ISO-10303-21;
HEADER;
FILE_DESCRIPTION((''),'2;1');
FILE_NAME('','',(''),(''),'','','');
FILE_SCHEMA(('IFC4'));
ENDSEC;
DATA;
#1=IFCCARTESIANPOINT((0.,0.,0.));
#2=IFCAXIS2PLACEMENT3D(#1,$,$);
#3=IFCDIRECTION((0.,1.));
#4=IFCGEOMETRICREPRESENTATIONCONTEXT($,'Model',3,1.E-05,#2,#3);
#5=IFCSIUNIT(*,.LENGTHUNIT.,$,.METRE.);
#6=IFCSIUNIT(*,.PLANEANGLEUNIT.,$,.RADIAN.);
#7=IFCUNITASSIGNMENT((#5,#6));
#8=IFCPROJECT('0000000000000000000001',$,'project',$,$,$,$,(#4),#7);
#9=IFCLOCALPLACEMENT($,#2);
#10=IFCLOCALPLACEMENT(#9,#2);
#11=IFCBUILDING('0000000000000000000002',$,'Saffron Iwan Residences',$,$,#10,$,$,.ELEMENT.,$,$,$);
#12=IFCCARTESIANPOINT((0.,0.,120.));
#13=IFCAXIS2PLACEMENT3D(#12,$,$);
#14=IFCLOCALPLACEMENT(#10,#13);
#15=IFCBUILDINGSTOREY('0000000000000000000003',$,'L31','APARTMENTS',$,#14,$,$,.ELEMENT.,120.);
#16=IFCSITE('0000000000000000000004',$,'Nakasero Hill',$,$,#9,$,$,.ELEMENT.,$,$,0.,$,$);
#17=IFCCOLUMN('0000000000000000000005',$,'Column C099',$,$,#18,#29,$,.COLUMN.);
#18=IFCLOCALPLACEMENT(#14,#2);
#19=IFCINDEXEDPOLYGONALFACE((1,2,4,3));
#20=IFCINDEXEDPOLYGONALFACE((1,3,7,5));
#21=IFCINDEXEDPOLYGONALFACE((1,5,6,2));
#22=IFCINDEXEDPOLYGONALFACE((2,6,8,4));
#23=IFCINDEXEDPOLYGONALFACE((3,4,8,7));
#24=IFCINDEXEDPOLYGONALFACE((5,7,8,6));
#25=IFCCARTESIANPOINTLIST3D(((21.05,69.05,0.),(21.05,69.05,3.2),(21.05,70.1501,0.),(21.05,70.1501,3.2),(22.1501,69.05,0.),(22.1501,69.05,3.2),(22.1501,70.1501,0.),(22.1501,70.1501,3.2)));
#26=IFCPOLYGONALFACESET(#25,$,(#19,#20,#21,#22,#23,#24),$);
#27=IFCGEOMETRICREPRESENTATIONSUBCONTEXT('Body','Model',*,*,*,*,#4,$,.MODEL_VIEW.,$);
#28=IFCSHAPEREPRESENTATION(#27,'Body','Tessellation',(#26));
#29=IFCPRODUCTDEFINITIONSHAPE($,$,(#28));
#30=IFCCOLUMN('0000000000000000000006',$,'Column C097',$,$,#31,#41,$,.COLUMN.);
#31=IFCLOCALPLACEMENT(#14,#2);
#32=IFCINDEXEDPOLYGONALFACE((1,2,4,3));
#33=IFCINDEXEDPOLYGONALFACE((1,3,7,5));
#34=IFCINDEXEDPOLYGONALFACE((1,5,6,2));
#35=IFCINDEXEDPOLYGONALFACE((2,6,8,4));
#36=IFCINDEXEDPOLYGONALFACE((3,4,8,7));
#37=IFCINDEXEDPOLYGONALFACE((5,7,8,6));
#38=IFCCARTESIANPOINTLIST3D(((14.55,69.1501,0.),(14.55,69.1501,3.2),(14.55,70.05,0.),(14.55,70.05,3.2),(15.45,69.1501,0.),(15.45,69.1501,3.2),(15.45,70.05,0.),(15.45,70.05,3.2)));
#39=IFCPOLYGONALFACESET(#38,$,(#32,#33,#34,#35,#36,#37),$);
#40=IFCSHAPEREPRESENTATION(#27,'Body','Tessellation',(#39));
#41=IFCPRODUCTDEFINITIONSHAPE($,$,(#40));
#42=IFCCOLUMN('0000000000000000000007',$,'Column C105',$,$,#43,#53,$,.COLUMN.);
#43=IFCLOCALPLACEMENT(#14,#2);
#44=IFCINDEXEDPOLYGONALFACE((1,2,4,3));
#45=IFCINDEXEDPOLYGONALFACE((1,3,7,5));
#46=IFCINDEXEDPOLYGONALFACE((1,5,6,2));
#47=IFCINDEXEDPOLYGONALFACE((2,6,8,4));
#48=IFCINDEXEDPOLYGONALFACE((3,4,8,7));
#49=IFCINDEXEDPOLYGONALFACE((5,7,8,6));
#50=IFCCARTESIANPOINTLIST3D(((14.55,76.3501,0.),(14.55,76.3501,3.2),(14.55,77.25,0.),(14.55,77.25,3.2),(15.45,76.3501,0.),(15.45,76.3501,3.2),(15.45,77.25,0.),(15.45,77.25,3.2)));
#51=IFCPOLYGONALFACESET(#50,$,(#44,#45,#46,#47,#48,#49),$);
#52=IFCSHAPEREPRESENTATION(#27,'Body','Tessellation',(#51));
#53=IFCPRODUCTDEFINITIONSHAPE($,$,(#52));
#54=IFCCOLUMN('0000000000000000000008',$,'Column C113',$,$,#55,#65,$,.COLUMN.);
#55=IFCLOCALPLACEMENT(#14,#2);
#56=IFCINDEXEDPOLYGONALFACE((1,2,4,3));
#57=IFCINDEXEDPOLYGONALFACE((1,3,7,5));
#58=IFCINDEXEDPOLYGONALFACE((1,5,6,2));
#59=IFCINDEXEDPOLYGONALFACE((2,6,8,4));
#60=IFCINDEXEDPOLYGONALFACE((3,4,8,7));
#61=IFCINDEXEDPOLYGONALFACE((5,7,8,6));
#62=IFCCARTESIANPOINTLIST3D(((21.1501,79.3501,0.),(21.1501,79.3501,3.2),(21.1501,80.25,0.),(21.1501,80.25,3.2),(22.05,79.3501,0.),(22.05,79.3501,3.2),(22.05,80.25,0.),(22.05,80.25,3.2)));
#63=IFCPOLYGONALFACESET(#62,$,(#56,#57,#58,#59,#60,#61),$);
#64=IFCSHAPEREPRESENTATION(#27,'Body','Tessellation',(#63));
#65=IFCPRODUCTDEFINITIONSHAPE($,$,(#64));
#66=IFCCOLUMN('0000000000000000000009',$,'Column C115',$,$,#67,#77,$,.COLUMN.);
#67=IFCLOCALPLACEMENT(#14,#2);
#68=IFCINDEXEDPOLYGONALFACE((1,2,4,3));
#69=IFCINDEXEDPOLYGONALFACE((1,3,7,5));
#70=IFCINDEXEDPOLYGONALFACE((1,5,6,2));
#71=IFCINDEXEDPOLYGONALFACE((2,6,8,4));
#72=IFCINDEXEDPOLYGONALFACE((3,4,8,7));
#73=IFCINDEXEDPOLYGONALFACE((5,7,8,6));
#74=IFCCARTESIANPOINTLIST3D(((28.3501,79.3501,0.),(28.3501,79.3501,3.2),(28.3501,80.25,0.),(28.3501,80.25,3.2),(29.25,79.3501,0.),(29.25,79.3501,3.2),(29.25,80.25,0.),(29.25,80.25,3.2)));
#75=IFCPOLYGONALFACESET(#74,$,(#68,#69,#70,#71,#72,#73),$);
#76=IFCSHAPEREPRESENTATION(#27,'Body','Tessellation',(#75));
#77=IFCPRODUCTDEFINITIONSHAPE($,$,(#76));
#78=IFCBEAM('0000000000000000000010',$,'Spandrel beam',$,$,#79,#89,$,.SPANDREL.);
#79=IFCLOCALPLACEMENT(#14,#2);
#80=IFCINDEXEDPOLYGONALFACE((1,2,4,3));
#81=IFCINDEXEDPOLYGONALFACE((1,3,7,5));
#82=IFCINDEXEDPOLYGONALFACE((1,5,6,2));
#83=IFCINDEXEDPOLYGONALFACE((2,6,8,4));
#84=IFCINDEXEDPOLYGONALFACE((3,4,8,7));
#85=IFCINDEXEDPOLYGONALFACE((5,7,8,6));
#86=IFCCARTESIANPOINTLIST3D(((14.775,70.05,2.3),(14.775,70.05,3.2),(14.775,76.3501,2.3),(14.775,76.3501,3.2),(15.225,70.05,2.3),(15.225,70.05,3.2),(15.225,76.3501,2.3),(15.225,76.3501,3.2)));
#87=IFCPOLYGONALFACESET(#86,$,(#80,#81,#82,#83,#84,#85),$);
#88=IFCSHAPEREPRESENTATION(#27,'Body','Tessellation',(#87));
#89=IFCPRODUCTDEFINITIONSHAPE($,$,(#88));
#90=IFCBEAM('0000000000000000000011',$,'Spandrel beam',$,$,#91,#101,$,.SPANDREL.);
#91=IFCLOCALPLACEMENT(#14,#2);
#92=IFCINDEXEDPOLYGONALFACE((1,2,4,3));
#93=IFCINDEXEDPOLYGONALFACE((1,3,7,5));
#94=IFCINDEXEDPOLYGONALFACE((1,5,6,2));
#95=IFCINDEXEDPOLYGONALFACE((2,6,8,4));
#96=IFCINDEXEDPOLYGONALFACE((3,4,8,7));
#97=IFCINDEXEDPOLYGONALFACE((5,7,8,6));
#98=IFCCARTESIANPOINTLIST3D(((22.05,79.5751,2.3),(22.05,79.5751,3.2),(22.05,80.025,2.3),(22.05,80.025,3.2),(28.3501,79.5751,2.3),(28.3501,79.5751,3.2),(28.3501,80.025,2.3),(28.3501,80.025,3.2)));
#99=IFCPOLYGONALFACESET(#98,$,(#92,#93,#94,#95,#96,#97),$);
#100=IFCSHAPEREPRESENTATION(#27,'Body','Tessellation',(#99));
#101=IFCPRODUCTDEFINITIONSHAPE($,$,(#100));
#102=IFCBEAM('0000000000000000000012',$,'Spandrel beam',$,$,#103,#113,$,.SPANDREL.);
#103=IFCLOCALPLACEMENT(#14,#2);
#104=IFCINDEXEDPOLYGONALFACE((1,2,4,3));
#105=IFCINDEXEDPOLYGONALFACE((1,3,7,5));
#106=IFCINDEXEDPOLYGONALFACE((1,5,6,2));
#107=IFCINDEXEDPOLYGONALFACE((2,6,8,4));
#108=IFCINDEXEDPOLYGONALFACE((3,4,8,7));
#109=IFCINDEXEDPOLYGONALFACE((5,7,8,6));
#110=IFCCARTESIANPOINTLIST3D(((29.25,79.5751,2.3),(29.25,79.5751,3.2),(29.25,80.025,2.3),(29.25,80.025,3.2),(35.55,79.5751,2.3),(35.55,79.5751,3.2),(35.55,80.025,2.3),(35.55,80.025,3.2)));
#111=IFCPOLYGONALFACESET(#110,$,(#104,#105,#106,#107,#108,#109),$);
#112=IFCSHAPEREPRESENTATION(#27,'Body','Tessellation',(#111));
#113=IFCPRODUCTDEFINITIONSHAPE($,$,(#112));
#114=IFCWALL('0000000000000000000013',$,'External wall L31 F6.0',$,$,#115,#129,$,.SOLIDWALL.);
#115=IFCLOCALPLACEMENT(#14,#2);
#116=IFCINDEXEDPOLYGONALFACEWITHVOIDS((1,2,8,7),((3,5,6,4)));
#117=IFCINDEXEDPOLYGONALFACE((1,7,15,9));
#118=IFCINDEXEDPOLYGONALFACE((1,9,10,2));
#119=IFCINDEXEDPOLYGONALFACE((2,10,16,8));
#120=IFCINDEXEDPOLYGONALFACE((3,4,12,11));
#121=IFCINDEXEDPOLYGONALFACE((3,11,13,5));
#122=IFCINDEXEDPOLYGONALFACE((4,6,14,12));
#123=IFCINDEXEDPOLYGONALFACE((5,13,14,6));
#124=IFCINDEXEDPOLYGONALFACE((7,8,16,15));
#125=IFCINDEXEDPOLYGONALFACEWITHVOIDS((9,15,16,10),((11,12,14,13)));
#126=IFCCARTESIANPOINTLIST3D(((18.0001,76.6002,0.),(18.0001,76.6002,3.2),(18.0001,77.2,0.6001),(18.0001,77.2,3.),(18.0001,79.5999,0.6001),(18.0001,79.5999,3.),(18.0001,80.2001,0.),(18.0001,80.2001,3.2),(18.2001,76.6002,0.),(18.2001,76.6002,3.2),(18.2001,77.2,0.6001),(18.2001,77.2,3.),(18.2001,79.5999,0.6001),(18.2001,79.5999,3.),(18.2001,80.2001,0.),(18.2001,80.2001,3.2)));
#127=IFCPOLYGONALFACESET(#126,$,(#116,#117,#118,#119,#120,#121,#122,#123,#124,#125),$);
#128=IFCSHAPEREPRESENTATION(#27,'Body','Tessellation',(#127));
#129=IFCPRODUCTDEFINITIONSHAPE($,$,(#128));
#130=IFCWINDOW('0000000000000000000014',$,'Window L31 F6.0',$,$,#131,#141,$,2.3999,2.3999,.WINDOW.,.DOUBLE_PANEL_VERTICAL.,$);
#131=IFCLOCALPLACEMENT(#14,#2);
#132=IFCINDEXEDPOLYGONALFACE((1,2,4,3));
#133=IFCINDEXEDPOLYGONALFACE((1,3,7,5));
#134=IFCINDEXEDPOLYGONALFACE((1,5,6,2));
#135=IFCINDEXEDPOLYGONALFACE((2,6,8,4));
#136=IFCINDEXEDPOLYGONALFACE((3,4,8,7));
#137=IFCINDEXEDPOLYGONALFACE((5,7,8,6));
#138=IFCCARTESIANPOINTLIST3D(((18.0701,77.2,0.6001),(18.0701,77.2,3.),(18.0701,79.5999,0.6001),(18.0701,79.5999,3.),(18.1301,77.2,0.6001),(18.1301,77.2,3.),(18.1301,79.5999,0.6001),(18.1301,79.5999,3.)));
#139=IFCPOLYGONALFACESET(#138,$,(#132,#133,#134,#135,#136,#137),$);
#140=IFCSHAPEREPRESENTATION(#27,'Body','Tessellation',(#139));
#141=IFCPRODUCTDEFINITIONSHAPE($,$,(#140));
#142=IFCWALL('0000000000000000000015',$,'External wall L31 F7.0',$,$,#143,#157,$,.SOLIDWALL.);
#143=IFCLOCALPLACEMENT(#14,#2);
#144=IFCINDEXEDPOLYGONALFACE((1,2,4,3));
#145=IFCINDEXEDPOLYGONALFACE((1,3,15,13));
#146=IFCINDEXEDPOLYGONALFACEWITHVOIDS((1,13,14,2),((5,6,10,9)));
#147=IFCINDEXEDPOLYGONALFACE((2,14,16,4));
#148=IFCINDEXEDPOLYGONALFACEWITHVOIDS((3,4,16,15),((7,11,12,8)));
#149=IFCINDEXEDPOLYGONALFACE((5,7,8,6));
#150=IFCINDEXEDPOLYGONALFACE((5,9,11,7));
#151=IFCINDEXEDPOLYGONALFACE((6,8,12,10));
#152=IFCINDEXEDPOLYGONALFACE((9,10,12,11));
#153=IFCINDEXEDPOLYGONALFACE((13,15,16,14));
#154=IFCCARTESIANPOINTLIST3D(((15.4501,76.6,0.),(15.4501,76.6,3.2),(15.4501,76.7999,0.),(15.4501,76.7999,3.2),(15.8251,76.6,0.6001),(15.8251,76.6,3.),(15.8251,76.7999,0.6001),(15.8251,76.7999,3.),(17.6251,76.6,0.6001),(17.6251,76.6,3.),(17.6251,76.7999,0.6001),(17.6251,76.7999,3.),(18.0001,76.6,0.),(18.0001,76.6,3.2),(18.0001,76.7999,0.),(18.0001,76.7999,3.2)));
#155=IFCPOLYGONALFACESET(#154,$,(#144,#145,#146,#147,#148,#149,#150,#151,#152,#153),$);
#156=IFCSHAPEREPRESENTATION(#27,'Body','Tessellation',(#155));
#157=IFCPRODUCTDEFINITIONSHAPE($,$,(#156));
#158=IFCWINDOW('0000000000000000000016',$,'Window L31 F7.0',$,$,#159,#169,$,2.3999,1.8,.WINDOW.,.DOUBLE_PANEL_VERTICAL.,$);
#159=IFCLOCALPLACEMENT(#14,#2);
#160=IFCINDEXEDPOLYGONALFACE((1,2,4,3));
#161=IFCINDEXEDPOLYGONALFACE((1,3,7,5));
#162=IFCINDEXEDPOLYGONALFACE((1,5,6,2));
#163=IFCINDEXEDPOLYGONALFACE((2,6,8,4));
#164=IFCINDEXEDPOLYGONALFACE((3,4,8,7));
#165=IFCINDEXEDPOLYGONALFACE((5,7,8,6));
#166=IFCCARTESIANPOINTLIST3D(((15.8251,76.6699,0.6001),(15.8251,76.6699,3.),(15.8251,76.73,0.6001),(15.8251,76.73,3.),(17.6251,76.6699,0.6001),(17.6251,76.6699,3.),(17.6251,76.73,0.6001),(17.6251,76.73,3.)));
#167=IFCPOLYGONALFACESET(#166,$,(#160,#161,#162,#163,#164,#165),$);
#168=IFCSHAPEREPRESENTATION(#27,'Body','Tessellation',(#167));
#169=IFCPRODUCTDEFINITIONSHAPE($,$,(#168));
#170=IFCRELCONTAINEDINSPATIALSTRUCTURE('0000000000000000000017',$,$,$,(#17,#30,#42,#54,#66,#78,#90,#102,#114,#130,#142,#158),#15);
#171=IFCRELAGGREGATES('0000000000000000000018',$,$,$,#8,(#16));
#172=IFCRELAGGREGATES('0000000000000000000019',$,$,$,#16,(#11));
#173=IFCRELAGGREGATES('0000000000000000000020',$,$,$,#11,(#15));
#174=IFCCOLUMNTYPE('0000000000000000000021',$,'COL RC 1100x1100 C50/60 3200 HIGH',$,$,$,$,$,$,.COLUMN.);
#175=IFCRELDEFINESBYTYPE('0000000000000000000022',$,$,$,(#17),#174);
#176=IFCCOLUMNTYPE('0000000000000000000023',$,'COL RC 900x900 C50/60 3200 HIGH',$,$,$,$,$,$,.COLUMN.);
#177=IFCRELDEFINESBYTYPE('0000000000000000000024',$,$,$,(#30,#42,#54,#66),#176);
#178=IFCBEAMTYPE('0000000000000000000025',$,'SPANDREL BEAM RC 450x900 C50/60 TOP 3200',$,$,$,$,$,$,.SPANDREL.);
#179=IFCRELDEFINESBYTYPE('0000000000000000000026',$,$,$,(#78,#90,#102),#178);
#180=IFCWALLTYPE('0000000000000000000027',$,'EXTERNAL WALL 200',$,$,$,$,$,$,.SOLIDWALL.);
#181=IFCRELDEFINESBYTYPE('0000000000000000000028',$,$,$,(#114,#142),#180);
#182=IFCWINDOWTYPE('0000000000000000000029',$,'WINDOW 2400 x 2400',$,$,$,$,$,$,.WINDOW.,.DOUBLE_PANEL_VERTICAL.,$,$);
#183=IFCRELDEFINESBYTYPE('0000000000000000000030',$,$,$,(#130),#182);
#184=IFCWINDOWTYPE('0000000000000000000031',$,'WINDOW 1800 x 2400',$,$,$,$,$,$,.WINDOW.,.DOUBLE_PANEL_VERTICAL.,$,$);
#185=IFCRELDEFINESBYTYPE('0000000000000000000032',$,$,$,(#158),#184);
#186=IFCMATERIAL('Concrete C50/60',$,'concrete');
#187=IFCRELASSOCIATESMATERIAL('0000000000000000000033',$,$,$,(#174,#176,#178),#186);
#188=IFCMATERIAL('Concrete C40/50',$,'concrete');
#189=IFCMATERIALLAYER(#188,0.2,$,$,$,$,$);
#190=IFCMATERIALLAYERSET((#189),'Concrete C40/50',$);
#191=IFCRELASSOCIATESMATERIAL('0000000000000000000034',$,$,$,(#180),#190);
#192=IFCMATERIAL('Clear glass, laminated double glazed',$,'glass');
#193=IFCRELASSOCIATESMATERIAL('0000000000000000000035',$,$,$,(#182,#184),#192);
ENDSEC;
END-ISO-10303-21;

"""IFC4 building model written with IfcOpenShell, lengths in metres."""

from ifc_helpers import new_model, si_unit, direction, frame, frame_2d, origin, origin_2d, place, context, subcontext, project, spatial, rectangle, extrude, source, transform, mapped, material, layer, layer_set, material_profile, profile_set, type_object, element, fill, save


model = new_model("IFC4")

# Units and contexts
model_context = context("Model", 3, precision=1e-05, world=origin(), true_north=direction((0.0, 1.0)))
body_context = subcontext(model_context, "Body", "Model", "MODEL_VIEW")
ifc_project = project(units=[si_unit("LENGTHUNIT", "METRE"), si_unit("PLANEANGLEUNIT", "RADIAN")], contexts=[model_context])

# Site, building, storey
site_placement = place(None, origin())
site = spatial("IfcSite", under=ifc_project, at=site_placement, Name="Nakasero Hill", CompositionType="ELEMENT", RefElevation=0.0)
building_placement = place(site_placement, origin())
building = spatial("IfcBuilding", under=site, at=building_placement, Name="Saffron Iwan Residences", CompositionType="ELEMENT")
storey_placement = place(building_placement, frame((0.0, 0.0, 120.0)))
storey = spatial("IfcBuildingStorey", under=building, at=storey_placement, Name="L31", Description="APARTMENTS", CompositionType="ELEMENT", Elevation=120.0)

# Columns
ifc_material_1 = material(Name="Concrete C50/60", Category="concrete")
ifc_material_profile_1 = material_profile(ifc_material_1, rectangle(XDim=1.1001, YDim=1.1001, at=origin_2d()), Name="RC 1100x1100")
ifc_profile_set_1 = profile_set([ifc_material_profile_1], Name="Concrete C50/60")
column_type_1 = type_object("IfcColumnType", Name="COL RC 1100x1100 C50/60 3200 HIGH", PredefinedType="COLUMN", material=ifc_profile_set_1)
shared_shape_1 = source(origin(), body_context, "Body", "SweptSolid", [
    extrude(rectangle(XDim=1.1001, YDim=1.1001, at=origin_2d()), origin(), (0.0, 0.0, 1.0), 3.2),
])
column_placement = place(storey_placement, frame((21.6001, 69.6001, 0.0), z_axis=(0.0, 0.0, 1.0), x_axis=(1.0, 0.0, 0.0)))
element("IfcColumn", 1, at=column_placement, inside=storey, type_object=column_type_1, Name="Column C099", PredefinedType="COLUMN", context=body_context, shape_type="MappedRepresentation", body=[
    mapped(shared_shape_1, transform((0.0, 0.0, 0.0))),
])
ifc_material_profile_2 = material_profile(ifc_material_1, rectangle(XDim=0.8999, YDim=0.8999, at=origin_2d()), Name="RC 900x900")
ifc_profile_set_2 = profile_set([ifc_material_profile_2], Name="Concrete C50/60")
column_type_2 = type_object("IfcColumnType", Name="COL RC 900x900 C50/60 3200 HIGH", PredefinedType="COLUMN", material=ifc_profile_set_2)
shared_shape_2 = source(origin(), body_context, "Body", "SweptSolid", [
    extrude(rectangle(XDim=0.8999, YDim=0.8999, at=origin_2d()), origin(), (0.0, 0.0, 1.0), 3.2),
])
for number, where, z_axis, x_axis, name in (
    (2, (15.0, 69.6001, 0.0), (0.0, 0.0, 1.0), (1.0, 0.0, 0.0), "Column C097"),
    (3, (15.0, 76.8, 0.0), (0.0, 0.0, 1.0), (1.0, 0.0, 0.0), "Column C105"),
    (4, (21.6001, 79.8, 0.0), (0.0, 0.0, 1.0), (1.0, 0.0, 0.0), "Column C113"),
    (5, (28.8, 79.8, 0.0), (0.0, 0.0, 1.0), (1.0, 0.0, 0.0), "Column C115"),
):
    element("IfcColumn", number, at=place(storey_placement, frame(where, z_axis=z_axis, x_axis=x_axis)), inside=storey, type_object=column_type_2, Name=name, PredefinedType="COLUMN", context=body_context, shape_type="MappedRepresentation", body=[
        mapped(shared_shape_2, transform((0.0, 0.0, 0.0))),
    ])

# Beams
ifc_material_profile_3 = material_profile(ifc_material_1, rectangle(XDim=0.45, YDim=0.8999, at=origin_2d()), Name="RC 450x900")
ifc_profile_set_3 = profile_set([ifc_material_profile_3], Name="Concrete C50/60")
beam_type = type_object("IfcBeamType", Name="SPANDREL BEAM RC 450x900 C50/60 TOP 3200", PredefinedType="SPANDREL", material=ifc_profile_set_3)
shared_shape_3 = source(origin(), body_context, "Body", "SweptSolid", [
    extrude(rectangle(XDim=0.45, YDim=0.8999, at=origin_2d()), origin(), (0.0, 0.0, 1.0), 6.3),
])
for number, where, z_axis, x_axis, name in (
    (6, (15.0, 70.05, 2.75), (0.0, 1.0, 0.0), (-1.0, 0.0, 0.0), "Spandrel beam"),
    (7, (22.05, 79.8, 2.75), (1.0, 0.0, 0.0), (0.0, 1.0, 0.0), "Spandrel beam"),
    (8, (29.25, 79.8, 2.75), (1.0, 0.0, 0.0), (0.0, 1.0, 0.0), "Spandrel beam"),
):
    element("IfcBeam", number, at=place(storey_placement, frame(where, z_axis=z_axis, x_axis=x_axis)), inside=storey, type_object=beam_type, Name=name, PredefinedType="SPANDREL", context=body_context, shape_type="MappedRepresentation", body=[
        mapped(shared_shape_3, transform((0.0, 0.0, 0.0))),
    ])

# Walls, openings, windows
ifc_material_2 = material(Name="Concrete C40/50", Category="concrete")
ifc_layer_1 = layer(ifc_material_2, 0.2)
ifc_layer_set_1 = layer_set([ifc_layer_1], Name="Concrete C40/50")
wall_type_1 = type_object("IfcWallType", Name="EXTERNAL WALL 200", PredefinedType="SOLIDWALL", material=ifc_layer_set_1)
wall_1_placement = place(storey_placement, frame((18.1001, 80.2, 0.0), z_axis=(0.0, 0.0, 1.0), x_axis=(0.0, -1.0, 0.0)))
wall_1 = element("IfcWall", 9, at=wall_1_placement, inside=storey, type_object=wall_type_1, Name="External wall L31 F6.0", PredefinedType="SOLIDWALL", context=body_context, shape_type="SweptSolid", body=[
    extrude(rectangle(XDim=3.5999, YDim=0.2, at=frame_2d((1.7998, 0.0))), origin(), (0.0, 0.0, 1.0), 3.2),
])
opening_1_placement = place(wall_1_placement, frame((0.6001, 0.0, 0.6001)))
opening_1 = element("IfcOpeningElement", 10, at=opening_1_placement, cuts=wall_1, PredefinedType="OPENING", context=body_context, shape_type="SweptSolid", body=[
    extrude(rectangle(XDim=2.3999, YDim=2.3999, at=frame_2d((1.2, 1.2))), frame((0.0, 0.1099, 0.0), z_axis=(0.0, -1.0, 0.0), x_axis=(1.0, 0.0, 0.0)), (0.0, 0.0, 1.0), 0.22),
])
ifc_material_3 = material(Name="Clear glass, laminated double glazed", Category="glass")
window_type_1 = type_object("IfcWindowType", Name="WINDOW 2400 x 2400", PartitioningType="DOUBLE_PANEL_VERTICAL", PredefinedType="WINDOW", material=ifc_material_3)
window_1_placement = place(opening_1_placement, origin())
window_1 = element("IfcWindow", 11, at=window_1_placement, inside=storey, type_object=window_type_1, Name="Window L31 F6.0", OverallHeight=2.3999, OverallWidth=2.3999, PartitioningType="DOUBLE_PANEL_VERTICAL", PredefinedType="WINDOW", context=body_context, shape_type="SweptSolid", body=[
    extrude(rectangle(XDim=2.3999, YDim=2.3999, at=frame_2d((1.2, 1.2))), frame((0.0, 0.03, 0.0), z_axis=(0.0, -1.0, 0.0), x_axis=(1.0, 0.0, 0.0)), (0.0, 0.0, 1.0), 0.0601),
])
fill(opening_1, window_1)
wall_2_placement = place(storey_placement, frame((18.0, 76.7, 0.0), z_axis=(0.0, 0.0, 1.0), x_axis=(-1.0, 0.0, 0.0)))
wall_2 = element("IfcWall", 12, at=wall_2_placement, inside=storey, type_object=wall_type_1, Name="External wall L31 F7.0", PredefinedType="SOLIDWALL", context=body_context, shape_type="SweptSolid", body=[
    extrude(rectangle(XDim=2.55, YDim=0.2, at=frame_2d((1.2749, 0.0))), origin(), (0.0, 0.0, 1.0), 3.2),
])
opening_2_placement = place(wall_2_placement, frame((0.375, 0.0, 0.6001)))
opening_2 = element("IfcOpeningElement", 13, at=opening_2_placement, cuts=wall_2, PredefinedType="OPENING", context=body_context, shape_type="SweptSolid", body=[
    extrude(rectangle(XDim=1.8, YDim=2.3999, at=frame_2d((0.8999, 1.2))), frame((0.0, 0.1099, 0.0), z_axis=(0.0, -1.0, 0.0), x_axis=(1.0, 0.0, 0.0)), (0.0, 0.0, 1.0), 0.22),
])
window_type_2 = type_object("IfcWindowType", Name="WINDOW 1800 x 2400", PartitioningType="DOUBLE_PANEL_VERTICAL", PredefinedType="WINDOW", material=ifc_material_3)
window_2_placement = place(opening_2_placement, origin())
window_2 = element("IfcWindow", 14, at=window_2_placement, inside=storey, type_object=window_type_2, Name="Window L31 F7.0", OverallHeight=2.3999, OverallWidth=1.8, PartitioningType="DOUBLE_PANEL_VERTICAL", PredefinedType="WINDOW", context=body_context, shape_type="SweptSolid", body=[
    extrude(rectangle(XDim=1.8, YDim=2.3999, at=frame_2d((0.8999, 1.2))), frame((0.0, 0.03, 0.0), z_axis=(0.0, -1.0, 0.0), x_axis=(1.0, 0.0, 0.0)), (0.0, 0.0, 1.0), 0.0601),
])
fill(opening_2, window_2)

save(model, "model.ifc")
